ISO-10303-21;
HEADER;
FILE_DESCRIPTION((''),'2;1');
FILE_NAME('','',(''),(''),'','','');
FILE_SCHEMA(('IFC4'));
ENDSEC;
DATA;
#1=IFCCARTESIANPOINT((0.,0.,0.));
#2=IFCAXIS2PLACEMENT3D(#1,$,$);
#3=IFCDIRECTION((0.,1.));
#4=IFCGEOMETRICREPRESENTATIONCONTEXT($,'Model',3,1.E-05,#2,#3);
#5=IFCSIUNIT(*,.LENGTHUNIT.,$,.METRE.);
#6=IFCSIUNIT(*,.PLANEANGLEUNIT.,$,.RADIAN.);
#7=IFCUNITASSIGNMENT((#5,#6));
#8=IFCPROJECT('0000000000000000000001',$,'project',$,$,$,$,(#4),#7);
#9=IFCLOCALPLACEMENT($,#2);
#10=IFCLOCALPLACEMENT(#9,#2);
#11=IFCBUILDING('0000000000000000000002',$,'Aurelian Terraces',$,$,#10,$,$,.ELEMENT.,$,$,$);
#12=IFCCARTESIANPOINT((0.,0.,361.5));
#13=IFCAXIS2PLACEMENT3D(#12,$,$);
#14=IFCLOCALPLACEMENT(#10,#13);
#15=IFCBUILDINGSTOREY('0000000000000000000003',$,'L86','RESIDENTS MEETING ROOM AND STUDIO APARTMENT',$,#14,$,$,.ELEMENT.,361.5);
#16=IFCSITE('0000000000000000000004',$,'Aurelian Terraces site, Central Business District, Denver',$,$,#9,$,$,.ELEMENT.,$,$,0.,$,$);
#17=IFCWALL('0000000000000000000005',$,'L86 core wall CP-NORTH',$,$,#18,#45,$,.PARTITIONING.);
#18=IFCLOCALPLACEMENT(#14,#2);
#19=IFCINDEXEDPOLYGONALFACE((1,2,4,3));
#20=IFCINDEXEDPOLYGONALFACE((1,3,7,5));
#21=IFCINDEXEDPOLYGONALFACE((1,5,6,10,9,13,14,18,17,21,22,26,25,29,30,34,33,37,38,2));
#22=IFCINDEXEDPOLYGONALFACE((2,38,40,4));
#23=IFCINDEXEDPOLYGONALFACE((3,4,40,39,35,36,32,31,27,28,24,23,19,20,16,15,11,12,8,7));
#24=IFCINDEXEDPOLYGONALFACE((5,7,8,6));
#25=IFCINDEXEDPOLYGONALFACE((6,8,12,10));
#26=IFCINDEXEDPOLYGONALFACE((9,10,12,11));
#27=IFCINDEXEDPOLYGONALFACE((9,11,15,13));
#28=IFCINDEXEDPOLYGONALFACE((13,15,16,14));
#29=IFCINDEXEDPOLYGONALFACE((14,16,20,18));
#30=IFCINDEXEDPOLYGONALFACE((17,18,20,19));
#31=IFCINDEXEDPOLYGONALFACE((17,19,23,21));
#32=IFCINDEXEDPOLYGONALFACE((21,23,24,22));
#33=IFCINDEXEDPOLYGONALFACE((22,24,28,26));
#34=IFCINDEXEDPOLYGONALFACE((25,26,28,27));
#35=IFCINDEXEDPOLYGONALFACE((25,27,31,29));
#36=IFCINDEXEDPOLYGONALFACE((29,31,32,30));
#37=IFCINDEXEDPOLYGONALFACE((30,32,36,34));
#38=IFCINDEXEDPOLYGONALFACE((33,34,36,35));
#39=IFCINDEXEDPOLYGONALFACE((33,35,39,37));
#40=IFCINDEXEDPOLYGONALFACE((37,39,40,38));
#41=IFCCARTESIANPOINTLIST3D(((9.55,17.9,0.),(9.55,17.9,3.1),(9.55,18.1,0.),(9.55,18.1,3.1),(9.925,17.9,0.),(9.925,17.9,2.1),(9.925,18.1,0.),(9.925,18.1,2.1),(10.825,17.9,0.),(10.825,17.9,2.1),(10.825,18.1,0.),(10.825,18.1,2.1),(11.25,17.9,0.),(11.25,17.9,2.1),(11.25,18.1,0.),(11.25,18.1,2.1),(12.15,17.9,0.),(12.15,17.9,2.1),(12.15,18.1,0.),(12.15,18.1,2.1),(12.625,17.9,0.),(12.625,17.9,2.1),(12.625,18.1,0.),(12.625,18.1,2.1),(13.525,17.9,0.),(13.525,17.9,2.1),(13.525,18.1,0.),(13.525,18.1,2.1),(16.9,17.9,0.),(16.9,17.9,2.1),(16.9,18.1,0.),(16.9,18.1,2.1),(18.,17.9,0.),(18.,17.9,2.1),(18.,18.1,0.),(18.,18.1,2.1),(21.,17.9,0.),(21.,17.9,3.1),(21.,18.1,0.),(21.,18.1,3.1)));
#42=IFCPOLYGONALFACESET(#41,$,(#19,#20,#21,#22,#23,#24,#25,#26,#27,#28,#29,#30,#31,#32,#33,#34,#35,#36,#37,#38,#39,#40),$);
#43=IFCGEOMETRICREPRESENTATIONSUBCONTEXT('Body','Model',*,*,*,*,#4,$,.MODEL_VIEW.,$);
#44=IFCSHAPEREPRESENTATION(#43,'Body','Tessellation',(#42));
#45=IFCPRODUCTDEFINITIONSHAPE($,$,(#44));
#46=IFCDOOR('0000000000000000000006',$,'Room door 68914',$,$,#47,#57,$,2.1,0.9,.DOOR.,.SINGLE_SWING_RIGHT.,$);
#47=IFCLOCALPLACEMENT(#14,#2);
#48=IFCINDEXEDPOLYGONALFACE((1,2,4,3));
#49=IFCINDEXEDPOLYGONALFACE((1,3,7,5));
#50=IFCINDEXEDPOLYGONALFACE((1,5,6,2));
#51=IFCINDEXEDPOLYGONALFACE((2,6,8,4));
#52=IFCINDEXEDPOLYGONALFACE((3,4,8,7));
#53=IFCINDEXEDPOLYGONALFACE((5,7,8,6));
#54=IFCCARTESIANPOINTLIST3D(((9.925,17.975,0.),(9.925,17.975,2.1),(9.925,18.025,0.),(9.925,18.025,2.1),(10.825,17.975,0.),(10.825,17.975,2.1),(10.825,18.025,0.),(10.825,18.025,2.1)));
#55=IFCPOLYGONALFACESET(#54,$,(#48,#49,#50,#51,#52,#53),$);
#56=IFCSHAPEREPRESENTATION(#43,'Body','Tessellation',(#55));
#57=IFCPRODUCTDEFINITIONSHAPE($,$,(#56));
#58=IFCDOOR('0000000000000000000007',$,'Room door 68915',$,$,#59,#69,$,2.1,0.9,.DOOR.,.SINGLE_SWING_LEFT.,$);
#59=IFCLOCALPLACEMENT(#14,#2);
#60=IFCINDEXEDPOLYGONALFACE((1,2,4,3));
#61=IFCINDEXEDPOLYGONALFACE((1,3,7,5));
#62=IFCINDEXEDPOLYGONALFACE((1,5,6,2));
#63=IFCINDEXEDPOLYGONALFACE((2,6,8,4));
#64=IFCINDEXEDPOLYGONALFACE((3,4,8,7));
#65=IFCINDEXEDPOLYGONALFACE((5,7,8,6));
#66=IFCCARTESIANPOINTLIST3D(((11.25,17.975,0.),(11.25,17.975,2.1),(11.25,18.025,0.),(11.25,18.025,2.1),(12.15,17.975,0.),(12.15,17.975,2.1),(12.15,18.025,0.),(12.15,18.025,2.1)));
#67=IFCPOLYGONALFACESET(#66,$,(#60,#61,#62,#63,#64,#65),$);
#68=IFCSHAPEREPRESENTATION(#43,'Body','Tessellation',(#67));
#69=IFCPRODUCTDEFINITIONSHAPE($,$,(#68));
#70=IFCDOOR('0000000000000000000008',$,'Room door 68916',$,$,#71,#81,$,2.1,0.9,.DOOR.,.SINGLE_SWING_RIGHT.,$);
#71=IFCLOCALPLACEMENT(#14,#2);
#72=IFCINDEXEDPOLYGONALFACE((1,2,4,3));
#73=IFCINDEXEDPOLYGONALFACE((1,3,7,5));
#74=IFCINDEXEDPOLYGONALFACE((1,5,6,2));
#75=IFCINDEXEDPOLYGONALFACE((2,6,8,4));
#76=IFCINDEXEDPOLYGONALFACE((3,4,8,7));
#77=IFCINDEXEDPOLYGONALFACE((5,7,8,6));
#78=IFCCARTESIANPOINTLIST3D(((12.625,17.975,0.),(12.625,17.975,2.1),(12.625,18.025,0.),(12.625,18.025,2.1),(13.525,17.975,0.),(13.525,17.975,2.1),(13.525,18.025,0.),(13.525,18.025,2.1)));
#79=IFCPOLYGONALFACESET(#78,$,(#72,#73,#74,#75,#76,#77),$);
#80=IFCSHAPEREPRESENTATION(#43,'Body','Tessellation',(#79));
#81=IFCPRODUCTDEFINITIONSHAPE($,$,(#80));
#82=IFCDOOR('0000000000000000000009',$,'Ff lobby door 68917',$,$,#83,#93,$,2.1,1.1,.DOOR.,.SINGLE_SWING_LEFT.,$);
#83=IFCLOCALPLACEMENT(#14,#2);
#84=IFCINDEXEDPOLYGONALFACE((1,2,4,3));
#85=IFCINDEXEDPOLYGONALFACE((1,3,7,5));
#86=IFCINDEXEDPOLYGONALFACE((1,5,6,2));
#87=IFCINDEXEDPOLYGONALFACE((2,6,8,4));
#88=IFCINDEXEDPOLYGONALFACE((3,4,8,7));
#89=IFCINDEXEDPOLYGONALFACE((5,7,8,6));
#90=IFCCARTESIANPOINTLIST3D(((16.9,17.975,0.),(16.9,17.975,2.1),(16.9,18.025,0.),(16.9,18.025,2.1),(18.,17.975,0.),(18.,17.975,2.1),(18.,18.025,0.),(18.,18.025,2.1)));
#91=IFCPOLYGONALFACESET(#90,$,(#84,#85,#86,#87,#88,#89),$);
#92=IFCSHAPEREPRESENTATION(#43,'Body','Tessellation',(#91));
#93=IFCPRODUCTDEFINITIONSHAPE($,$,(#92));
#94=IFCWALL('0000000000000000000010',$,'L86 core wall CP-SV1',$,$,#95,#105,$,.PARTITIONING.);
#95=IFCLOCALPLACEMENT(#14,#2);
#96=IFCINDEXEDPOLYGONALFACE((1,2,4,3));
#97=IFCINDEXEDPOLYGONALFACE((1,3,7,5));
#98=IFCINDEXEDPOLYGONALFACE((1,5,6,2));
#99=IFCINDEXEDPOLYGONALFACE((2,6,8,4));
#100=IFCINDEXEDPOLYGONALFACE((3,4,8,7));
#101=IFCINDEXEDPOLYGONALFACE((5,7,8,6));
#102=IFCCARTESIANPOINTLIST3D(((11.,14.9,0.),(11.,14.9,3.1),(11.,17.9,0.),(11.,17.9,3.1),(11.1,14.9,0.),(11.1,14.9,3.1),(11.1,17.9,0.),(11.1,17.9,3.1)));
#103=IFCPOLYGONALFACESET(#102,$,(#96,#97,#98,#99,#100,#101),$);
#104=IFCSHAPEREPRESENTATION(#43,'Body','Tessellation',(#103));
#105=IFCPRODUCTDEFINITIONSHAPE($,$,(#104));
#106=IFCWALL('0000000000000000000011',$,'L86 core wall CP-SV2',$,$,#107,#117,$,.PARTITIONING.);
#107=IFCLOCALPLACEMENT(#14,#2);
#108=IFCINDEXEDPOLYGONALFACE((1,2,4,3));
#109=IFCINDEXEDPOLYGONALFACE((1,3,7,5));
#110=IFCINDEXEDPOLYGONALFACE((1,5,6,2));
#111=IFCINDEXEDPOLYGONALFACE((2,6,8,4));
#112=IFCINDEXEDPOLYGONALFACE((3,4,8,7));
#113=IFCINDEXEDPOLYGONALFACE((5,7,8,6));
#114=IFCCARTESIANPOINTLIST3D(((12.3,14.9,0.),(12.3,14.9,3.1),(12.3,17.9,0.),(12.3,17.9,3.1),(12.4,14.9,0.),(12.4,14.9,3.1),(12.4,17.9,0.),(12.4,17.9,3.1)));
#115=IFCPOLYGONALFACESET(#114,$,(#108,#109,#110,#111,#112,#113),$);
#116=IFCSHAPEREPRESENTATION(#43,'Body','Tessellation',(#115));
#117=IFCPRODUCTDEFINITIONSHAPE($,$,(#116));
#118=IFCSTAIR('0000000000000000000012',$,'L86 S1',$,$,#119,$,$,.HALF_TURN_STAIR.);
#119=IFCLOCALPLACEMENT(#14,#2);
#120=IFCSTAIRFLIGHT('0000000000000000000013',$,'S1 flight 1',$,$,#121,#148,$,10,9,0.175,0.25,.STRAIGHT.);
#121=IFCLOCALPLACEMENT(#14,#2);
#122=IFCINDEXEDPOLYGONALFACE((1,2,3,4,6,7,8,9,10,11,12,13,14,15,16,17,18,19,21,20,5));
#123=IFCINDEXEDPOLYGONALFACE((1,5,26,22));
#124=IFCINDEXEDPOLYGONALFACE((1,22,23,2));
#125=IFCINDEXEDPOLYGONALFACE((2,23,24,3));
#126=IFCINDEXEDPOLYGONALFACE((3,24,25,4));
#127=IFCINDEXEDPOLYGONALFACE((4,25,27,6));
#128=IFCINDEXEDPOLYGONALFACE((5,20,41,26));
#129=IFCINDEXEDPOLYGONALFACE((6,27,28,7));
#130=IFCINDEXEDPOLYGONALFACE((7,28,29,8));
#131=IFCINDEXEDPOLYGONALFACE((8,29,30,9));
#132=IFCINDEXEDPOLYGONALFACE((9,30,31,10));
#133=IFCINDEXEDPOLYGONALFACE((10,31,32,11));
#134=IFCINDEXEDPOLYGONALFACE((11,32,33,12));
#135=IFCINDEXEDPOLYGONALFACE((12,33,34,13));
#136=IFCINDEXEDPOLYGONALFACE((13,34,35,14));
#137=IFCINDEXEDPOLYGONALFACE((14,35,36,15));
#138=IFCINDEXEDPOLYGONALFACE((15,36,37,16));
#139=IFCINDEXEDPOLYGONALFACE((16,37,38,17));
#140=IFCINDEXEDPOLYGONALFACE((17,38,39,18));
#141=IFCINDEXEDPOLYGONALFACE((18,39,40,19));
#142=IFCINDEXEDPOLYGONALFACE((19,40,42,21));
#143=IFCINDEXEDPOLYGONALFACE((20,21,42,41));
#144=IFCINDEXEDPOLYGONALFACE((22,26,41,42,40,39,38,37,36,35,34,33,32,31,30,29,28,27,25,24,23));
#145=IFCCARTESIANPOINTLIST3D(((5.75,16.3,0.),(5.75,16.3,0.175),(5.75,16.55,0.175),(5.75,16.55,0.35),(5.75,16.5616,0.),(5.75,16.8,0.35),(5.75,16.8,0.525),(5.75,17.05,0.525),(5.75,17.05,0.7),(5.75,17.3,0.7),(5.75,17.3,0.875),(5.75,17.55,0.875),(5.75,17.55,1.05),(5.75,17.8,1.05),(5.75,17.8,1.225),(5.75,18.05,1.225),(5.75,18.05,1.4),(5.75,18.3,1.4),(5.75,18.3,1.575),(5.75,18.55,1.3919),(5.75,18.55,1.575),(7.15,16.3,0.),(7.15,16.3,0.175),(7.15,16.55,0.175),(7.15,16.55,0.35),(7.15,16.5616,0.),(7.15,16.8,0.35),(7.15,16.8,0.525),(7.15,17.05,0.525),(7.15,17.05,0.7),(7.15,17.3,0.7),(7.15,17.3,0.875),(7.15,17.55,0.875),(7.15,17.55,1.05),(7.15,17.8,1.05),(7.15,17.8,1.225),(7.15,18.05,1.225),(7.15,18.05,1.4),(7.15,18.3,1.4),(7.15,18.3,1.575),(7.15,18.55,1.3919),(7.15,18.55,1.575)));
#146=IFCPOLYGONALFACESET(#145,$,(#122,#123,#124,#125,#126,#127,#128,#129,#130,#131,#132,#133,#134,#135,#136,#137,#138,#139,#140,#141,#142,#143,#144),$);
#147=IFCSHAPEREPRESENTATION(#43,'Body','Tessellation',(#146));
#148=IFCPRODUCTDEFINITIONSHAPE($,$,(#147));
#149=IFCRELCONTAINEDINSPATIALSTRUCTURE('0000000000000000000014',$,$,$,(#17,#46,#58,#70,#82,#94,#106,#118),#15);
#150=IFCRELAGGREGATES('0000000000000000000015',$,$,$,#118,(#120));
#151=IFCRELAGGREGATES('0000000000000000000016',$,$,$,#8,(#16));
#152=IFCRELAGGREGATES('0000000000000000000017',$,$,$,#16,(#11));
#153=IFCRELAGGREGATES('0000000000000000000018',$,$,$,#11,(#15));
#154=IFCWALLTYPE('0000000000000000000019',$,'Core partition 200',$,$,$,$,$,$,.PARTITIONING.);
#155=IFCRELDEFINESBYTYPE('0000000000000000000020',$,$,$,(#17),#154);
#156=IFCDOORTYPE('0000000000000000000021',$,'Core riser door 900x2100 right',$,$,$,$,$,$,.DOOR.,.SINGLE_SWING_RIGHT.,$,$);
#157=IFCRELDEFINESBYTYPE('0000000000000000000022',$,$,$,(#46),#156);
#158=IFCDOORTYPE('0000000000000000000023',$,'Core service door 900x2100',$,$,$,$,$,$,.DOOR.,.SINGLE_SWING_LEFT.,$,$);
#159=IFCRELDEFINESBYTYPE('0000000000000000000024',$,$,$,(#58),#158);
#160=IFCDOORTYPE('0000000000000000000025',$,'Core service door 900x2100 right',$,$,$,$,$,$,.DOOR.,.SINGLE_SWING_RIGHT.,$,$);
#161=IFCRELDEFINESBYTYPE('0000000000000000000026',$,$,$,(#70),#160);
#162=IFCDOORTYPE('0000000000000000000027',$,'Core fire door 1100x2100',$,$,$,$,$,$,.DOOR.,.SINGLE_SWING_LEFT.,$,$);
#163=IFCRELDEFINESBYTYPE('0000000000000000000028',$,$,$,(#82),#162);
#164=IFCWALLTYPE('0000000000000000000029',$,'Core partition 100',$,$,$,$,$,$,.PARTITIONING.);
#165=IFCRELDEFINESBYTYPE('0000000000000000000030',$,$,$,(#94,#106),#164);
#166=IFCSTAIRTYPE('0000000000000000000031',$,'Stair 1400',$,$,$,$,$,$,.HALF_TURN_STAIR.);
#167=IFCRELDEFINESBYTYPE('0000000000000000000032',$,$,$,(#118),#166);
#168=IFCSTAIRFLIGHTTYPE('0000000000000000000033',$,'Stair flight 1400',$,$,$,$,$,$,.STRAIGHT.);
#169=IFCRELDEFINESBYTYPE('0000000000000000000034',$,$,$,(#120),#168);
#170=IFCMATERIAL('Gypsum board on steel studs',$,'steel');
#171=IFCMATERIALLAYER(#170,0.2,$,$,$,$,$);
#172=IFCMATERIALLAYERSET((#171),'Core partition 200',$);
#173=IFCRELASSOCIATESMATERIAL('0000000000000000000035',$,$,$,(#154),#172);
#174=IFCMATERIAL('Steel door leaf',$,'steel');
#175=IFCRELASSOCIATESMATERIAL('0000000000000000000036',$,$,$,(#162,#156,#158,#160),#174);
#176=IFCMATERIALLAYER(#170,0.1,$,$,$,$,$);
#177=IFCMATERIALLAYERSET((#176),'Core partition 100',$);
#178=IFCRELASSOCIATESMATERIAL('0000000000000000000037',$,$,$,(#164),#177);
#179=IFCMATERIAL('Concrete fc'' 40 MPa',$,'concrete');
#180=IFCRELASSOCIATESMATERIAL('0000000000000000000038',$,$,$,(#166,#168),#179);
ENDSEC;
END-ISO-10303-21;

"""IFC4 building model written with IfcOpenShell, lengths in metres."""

from ifc_helpers import new_model, si_unit, direction, frame, frame_2d, origin, place, context, subcontext, project, spatial, polyline, rectangle, outline, extrude, source, transform, mapped, material, layer, layer_set, type_object, element, fill, aggregate, save


model = new_model("IFC4")

# Units and contexts
model_context = context("Model", 3, precision=1e-05, world=origin(), true_north=direction((0.0, 1.0)))
body_context = subcontext(model_context, "Body", "Model", "MODEL_VIEW")
ifc_project = project(units=[si_unit("LENGTHUNIT", "METRE"), si_unit("PLANEANGLEUNIT", "RADIAN")], contexts=[model_context])

# Site, building, storey
site_placement = place(None, origin())
site = spatial("IfcSite", under=ifc_project, at=site_placement, Name="Aurelian Terraces site, Central Business District, Denver", CompositionType="ELEMENT", RefElevation=0.0)
building_placement = place(site_placement, origin())
building = spatial("IfcBuilding", under=site, at=building_placement, Name="Aurelian Terraces", CompositionType="ELEMENT")
storey_placement = place(building_placement, frame((0.0, 0.0, 361.5)))
storey = spatial("IfcBuildingStorey", under=building, at=storey_placement, Name="L86", Description="RESIDENTS MEETING ROOM AND STUDIO APARTMENT", CompositionType="ELEMENT", Elevation=361.5)

# Shared definitions
ifc_material_1 = material(Name="Concrete fc' 40 MPa", Category="concrete")

# Shared definitions
shared_shape_1 = source(origin(), body_context, "Body", "SweptSolid", [
    extrude(rectangle(XDim=1.1, YDim=2.1, at=frame_2d((0.55, 1.05))), frame((0.0, 0.11, 0.0), z_axis=(0.0, -1.0, 0.0), x_axis=(1.0, 0.0, 0.0)), (0.0, 0.0, 1.0), 0.22),
])
shared_shape_2 = source(origin(), body_context, "Body", "SweptSolid", [
    extrude(rectangle(XDim=1.1, YDim=2.1, at=frame_2d((0.55, 1.05))), frame((0.0, 0.025, 0.0), z_axis=(0.0, -1.0, 0.0), x_axis=(1.0, 0.0, 0.0)), (0.0, 0.0, 1.0), 0.05),
])

# Shared definitions
ifc_material_2 = material(Name="Gypsum board on steel studs", Category="steel")
ifc_layer_1 = layer(ifc_material_2, 0.2)
ifc_layer_set_1 = layer_set([ifc_layer_1], Name="Core partition 200")
wall_type_1 = type_object("IfcWallType", Name="Core partition 200", PredefinedType="PARTITIONING", material=ifc_layer_set_1)

# Shared definitions
ifc_material_3 = material(Name="Steel door leaf", Category="steel")
door_type_1 = type_object("IfcDoorType", Name="Core fire door 1100x2100", OperationType="SINGLE_SWING_LEFT", PredefinedType="DOOR", material=ifc_material_3)

# Wall, openings, doors
shared_shape_3 = source(origin(), body_context, "Body", "SweptSolid", [
    extrude(rectangle(XDim=11.45, YDim=0.2, at=frame_2d((5.725, 0.0))), origin(), (0.0, 0.0, 1.0), 3.1),
])
wall_1_placement = place(storey_placement, frame((9.55, 18.0, 0.0), z_axis=(0.0, 0.0, 1.0), x_axis=(1.0, 0.0, 0.0)))
wall_1 = element("IfcWall", 1, at=wall_1_placement, inside=storey, type_object=wall_type_1, Name="L86 core wall CP-NORTH", PredefinedType="PARTITIONING", context=body_context, shape_type="MappedRepresentation", body=[
    mapped(shared_shape_3, transform((0.0, 0.0, 0.0), scale=1.0)),
])
shared_shape_4 = source(origin(), body_context, "Body", "SweptSolid", [
    extrude(rectangle(XDim=0.9, YDim=2.1, at=frame_2d((0.45, 1.05))), frame((0.0, 0.11, 0.0), z_axis=(0.0, -1.0, 0.0), x_axis=(1.0, 0.0, 0.0)), (0.0, 0.0, 1.0), 0.22),
])
opening_1_placement = place(wall_1_placement, frame((0.375, 0.0, 0.0)))
opening_1 = element("IfcOpeningElement", 2, at=opening_1_placement, cuts=wall_1, PredefinedType="OPENING", context=body_context, shape_type="MappedRepresentation", body=[
    mapped(shared_shape_4, transform((0.0, 0.0, 0.0), scale=1.0)),
])
opening_2_placement = place(wall_1_placement, frame((1.7, 0.0, 0.0)))
opening_2 = element("IfcOpeningElement", 3, at=opening_2_placement, cuts=wall_1, PredefinedType="OPENING", context=body_context, shape_type="MappedRepresentation", body=[
    mapped(shared_shape_4, transform((0.0, 0.0, 0.0), scale=1.0)),
])
opening_3_placement = place(wall_1_placement, frame((3.075, 0.0, 0.0)))
opening_3 = element("IfcOpeningElement", 4, at=opening_3_placement, cuts=wall_1, PredefinedType="OPENING", context=body_context, shape_type="MappedRepresentation", body=[
    mapped(shared_shape_4, transform((0.0, 0.0, 0.0), scale=1.0)),
])
opening_4_placement = place(wall_1_placement, frame((7.35, 0.0, 0.0)))
opening_4 = element("IfcOpeningElement", 5, at=opening_4_placement, cuts=wall_1, PredefinedType="OPENING", context=body_context, shape_type="MappedRepresentation", body=[
    mapped(shared_shape_1, transform((0.0, 0.0, 0.0), scale=1.0)),
])
door_type_2 = type_object("IfcDoorType", Name="Core riser door 900x2100 right", OperationType="SINGLE_SWING_RIGHT", PredefinedType="DOOR", material=ifc_material_3)
shared_shape_5 = source(origin(), body_context, "Body", "SweptSolid", [
    extrude(rectangle(XDim=0.9, YDim=2.1, at=frame_2d((0.45, 1.05))), frame((0.0, 0.025, 0.0), z_axis=(0.0, -1.0, 0.0), x_axis=(1.0, 0.0, 0.0)), (0.0, 0.0, 1.0), 0.05),
])
door_1_placement = place(opening_1_placement, origin())
door_1 = element("IfcDoor", 6, at=door_1_placement, inside=storey, type_object=door_type_2, Name="Room door 68914", OperationType="SINGLE_SWING_RIGHT", OverallHeight=2.1, OverallWidth=0.9, PredefinedType="DOOR", context=body_context, shape_type="MappedRepresentation", body=[
    mapped(shared_shape_5, transform((0.0, 0.0, 0.0), scale=1.0)),
])
fill(opening_1, door_1)
door_type_3 = type_object("IfcDoorType", Name="Core service door 900x2100", OperationType="SINGLE_SWING_LEFT", PredefinedType="DOOR", material=ifc_material_3)
door_2_placement = place(opening_2_placement, origin())
door_2 = element("IfcDoor", 7, at=door_2_placement, inside=storey, type_object=door_type_3, Name="Room door 68915", OperationType="SINGLE_SWING_LEFT", OverallHeight=2.1, OverallWidth=0.9, PredefinedType="DOOR", context=body_context, shape_type="MappedRepresentation", body=[
    mapped(shared_shape_5, transform((0.0, 0.0, 0.0), scale=1.0)),
])
fill(opening_2, door_2)
door_type_4 = type_object("IfcDoorType", Name="Core service door 900x2100 right", OperationType="SINGLE_SWING_RIGHT", PredefinedType="DOOR", material=ifc_material_3)
door_3_placement = place(opening_3_placement, origin())
door_3 = element("IfcDoor", 8, at=door_3_placement, inside=storey, type_object=door_type_4, Name="Room door 68916", OperationType="SINGLE_SWING_RIGHT", OverallHeight=2.1, OverallWidth=0.9, PredefinedType="DOOR", context=body_context, shape_type="MappedRepresentation", body=[
    mapped(shared_shape_5, transform((0.0, 0.0, 0.0), scale=1.0)),
])
fill(opening_3, door_3)
door_4_placement = place(opening_4_placement, origin())
door_4 = element("IfcDoor", 9, at=door_4_placement, inside=storey, type_object=door_type_1, Name="Ff lobby door 68917", OperationType="SINGLE_SWING_LEFT", OverallHeight=2.1, OverallWidth=1.1, PredefinedType="DOOR", context=body_context, shape_type="MappedRepresentation", body=[
    mapped(shared_shape_2, transform((0.0, 0.0, 0.0), scale=1.0)),
])
fill(opening_4, door_4)

# Walls
ifc_layer_2 = layer(ifc_material_2, 0.1)
ifc_layer_set_2 = layer_set([ifc_layer_2], Name="Core partition 100")
wall_type_2 = type_object("IfcWallType", Name="Core partition 100", PredefinedType="PARTITIONING", material=ifc_layer_set_2)
shared_shape_6 = source(origin(), body_context, "Body", "SweptSolid", [
    extrude(rectangle(XDim=3.0, YDim=0.1, at=frame_2d((1.5, 0.0))), origin(), (0.0, 0.0, 1.0), 3.1),
])
for number, where, z_axis, x_axis, name in (
    (10, (11.05, 14.9, 0.0), (0.0, 0.0, 1.0), (0.0, 1.0, 0.0), "L86 core wall CP-SV1"),
    (11, (12.35, 14.9, 0.0), (0.0, 0.0, 1.0), (0.0, 1.0, 0.0), "L86 core wall CP-SV2"),
):
    element("IfcWall", number, at=place(storey_placement, frame(where, z_axis=z_axis, x_axis=x_axis)), inside=storey, type_object=wall_type_2, Name=name, PredefinedType="PARTITIONING", context=body_context, shape_type="MappedRepresentation", body=[
        mapped(shared_shape_6, transform((0.0, 0.0, 0.0), scale=1.0)),
    ])

# Stair, stair flight
stair_type = type_object("IfcStairType", Name="Stair 1400", PredefinedType="HALF_TURN_STAIR", material=ifc_material_1)
stair_placement = place(storey_placement, origin())
stair = element("IfcStair", 12, at=stair_placement, inside=storey, type_object=stair_type, Name="L86 S1", PredefinedType="HALF_TURN_STAIR")
stair_flight_type = type_object("IfcStairFlightType", Name="Stair flight 1400", PredefinedType="STRAIGHT", material=ifc_material_1)
shared_shape_7 = source(origin(), body_context, "Body", "SweptSolid", [
    extrude(outline(polyline([(0.0, 0.0), (0.0, 0.175), (0.25, 0.175), (0.25, 0.35), (0.5, 0.35), (0.5, 0.525), (0.75, 0.525), (0.75, 0.7), (1.0, 0.7), (1.0, 0.875), (1.25, 0.875), (1.25, 1.05), (1.5, 1.05), (1.5, 1.225), (1.75, 1.225), (1.75, 1.4), (2.0, 1.4), (2.0, 1.575), (2.25, 1.575), (2.25, 1.75), (2.25, 1.3919), (0.2616, 0.0), (0.0, 0.0)])), frame((0.0, 0.7, 0.0), z_axis=(0.0, -1.0, 0.0), x_axis=(1.0, 0.0, 0.0)), (0.0, 0.0, 1.0), 1.4),
])
stair_flight_placement = place(storey_placement, frame((6.45, 16.3, 0.0), z_axis=(0.0, 0.0, 1.0), x_axis=(0.0, 1.0, 0.0)))
stair_flight = element("IfcStairFlight", 13, at=stair_flight_placement, type_object=stair_flight_type, Name="S1 flight 1", NumberOfRisers=10, NumberOfTreads=9, PredefinedType="STRAIGHT", RiserHeight=0.175, TreadLength=0.25, context=body_context, shape_type="MappedRepresentation", body=[
    mapped(shared_shape_7, transform((0.0, 0.0, 0.0), scale=1.0)),
])
aggregate(stair, [stair_flight])

save(model, "model.ifc")
